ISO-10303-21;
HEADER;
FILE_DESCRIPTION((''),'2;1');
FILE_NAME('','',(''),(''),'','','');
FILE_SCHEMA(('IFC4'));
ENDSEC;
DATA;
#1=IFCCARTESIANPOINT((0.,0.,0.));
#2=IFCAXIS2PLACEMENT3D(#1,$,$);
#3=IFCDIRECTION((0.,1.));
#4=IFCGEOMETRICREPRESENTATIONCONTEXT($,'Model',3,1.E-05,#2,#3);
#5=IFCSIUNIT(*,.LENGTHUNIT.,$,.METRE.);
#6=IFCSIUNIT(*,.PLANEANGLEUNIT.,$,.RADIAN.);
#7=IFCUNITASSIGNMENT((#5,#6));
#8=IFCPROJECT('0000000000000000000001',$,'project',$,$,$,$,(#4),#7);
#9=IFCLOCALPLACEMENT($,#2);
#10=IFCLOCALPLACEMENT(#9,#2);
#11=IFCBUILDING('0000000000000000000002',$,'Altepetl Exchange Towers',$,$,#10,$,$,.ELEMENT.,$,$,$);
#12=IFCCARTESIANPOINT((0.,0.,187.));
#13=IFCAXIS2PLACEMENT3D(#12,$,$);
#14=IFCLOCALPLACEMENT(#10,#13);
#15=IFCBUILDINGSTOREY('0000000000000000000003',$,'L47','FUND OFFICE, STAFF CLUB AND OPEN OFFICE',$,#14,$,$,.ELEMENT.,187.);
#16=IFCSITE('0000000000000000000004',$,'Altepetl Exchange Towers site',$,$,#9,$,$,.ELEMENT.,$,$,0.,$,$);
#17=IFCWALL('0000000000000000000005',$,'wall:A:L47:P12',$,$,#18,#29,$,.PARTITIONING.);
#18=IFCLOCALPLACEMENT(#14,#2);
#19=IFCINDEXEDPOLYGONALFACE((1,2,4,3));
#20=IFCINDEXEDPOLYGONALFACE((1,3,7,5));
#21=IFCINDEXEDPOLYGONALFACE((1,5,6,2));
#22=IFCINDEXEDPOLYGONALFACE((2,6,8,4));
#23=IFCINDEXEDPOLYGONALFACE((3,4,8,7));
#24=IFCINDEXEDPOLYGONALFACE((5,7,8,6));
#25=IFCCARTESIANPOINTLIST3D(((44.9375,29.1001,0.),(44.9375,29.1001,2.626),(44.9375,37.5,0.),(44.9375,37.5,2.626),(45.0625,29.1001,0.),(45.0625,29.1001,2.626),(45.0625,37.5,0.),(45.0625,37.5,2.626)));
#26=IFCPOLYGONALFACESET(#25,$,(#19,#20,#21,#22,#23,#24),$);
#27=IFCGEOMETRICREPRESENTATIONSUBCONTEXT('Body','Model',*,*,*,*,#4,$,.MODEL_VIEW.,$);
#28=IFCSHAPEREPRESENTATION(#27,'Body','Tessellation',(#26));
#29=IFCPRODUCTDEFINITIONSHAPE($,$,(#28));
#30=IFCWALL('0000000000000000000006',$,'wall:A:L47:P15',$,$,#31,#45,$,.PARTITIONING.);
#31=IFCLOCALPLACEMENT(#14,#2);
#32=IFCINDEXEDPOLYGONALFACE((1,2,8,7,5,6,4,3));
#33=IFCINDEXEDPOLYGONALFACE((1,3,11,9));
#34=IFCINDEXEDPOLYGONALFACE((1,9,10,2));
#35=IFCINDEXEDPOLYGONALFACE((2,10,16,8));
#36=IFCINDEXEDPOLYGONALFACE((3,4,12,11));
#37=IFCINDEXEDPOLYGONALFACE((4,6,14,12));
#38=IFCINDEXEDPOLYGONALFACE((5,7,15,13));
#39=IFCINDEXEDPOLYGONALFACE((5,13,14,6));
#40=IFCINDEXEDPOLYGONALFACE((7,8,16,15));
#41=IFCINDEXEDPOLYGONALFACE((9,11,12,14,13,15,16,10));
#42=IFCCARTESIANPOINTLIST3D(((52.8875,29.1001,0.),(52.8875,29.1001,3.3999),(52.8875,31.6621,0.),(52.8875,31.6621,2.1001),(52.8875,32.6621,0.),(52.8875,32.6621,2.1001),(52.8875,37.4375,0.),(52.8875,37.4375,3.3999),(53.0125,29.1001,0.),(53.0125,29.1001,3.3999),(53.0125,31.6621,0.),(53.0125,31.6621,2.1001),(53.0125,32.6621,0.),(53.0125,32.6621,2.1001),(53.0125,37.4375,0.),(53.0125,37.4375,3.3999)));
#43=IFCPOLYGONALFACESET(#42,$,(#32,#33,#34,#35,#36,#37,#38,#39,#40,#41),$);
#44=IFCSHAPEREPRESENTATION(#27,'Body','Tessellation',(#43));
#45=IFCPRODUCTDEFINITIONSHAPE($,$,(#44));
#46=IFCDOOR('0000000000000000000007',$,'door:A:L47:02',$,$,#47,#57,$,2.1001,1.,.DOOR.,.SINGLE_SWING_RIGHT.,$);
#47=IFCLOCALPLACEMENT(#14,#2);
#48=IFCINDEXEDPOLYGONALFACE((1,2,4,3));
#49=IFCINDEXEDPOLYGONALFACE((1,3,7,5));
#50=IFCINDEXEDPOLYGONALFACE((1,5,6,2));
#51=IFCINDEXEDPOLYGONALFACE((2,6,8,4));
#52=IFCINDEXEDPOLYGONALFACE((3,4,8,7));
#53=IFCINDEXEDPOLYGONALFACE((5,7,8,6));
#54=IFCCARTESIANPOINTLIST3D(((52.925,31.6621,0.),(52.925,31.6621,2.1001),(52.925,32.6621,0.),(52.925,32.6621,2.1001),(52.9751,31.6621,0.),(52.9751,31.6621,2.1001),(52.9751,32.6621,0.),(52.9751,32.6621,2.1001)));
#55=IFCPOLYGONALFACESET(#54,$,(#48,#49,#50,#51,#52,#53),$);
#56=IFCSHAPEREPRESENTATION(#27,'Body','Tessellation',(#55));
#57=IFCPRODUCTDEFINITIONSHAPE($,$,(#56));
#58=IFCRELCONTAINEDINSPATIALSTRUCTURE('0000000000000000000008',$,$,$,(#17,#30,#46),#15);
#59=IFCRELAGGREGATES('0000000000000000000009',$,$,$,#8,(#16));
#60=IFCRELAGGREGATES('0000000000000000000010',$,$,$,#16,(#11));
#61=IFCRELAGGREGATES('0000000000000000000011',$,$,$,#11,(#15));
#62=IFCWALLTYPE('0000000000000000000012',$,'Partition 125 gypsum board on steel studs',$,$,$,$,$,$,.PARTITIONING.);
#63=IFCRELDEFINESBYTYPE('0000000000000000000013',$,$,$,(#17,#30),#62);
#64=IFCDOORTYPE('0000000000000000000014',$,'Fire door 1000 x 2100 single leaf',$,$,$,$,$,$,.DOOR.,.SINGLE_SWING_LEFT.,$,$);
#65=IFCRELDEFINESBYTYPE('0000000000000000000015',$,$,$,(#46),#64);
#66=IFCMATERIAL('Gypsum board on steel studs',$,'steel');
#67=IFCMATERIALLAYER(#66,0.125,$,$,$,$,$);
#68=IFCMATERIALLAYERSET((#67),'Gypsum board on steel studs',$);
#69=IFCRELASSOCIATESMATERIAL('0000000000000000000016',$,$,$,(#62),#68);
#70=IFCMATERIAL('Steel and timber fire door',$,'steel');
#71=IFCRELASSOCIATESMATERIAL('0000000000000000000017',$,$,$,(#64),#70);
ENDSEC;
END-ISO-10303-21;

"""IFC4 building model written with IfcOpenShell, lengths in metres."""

from ifc_helpers import new_model, si_unit, direction, frame, frame_2d, origin, place, context, subcontext, project, spatial, rectangle, extrude, material, layer, layer_set, type_object, element, fill, save


model = new_model("IFC4")

# Units and contexts
model_context = context("Model", 3, precision=1e-05, world=origin(), true_north=direction((0.0, 1.0)))
body_context = subcontext(model_context, "Body", "Model", "MODEL_VIEW")
ifc_project = project(units=[si_unit("LENGTHUNIT", "METRE"), si_unit("PLANEANGLEUNIT", "RADIAN")], contexts=[model_context])

# Site, building, storey
site_placement = place(None, origin())
site = spatial("IfcSite", under=ifc_project, at=site_placement, Name="Altepetl Exchange Towers site", CompositionType="ELEMENT", RefElevation=0.0)
building_placement = place(site_placement, origin())
building = spatial("IfcBuilding", under=site, at=building_placement, Name="Altepetl Exchange Towers", CompositionType="ELEMENT")
storey_placement = place(building_placement, frame((0.0, 0.0, 187.0)))
storey = spatial("IfcBuildingStorey", under=building, at=storey_placement, Name="L47", Description="FUND OFFICE, STAFF CLUB AND OPEN OFFICE", CompositionType="ELEMENT", Elevation=187.0)

# Shared definitions
ifc_material_1 = material(Name="Gypsum board on steel studs", Category="steel")
ifc_layer_1 = layer(ifc_material_1, 0.125)
ifc_layer_set_1 = layer_set([ifc_layer_1], Name="Gypsum board on steel studs")
wall_type_1 = type_object("IfcWallType", Name="Partition 125 gypsum board on steel studs", PredefinedType="PARTITIONING", material=ifc_layer_set_1)
ifc_material_2 = material(Name="Steel and timber fire door", Category="steel")

# Wall
wall_1_placement = place(storey_placement, frame((45.0, 29.1001, 0.0), z_axis=(0.0, 0.0, 1.0), x_axis=(0.0, 1.0, 0.0)))
element("IfcWall", 1, at=wall_1_placement, inside=storey, type_object=wall_type_1, Name="wall:A:L47:P12", PredefinedType="PARTITIONING", context=body_context, shape_type="SweptSolid", body=[
    extrude(rectangle(XDim=8.3999, YDim=0.125, at=frame_2d((4.2, 0.0))), origin(), (0.0, 0.0, 1.0), 2.626),
])

# Wall, opening, door
wall_2_placement = place(storey_placement, frame((52.95, 29.1001, 0.0), z_axis=(0.0, 0.0, 1.0), x_axis=(0.0, 1.0, 0.0)))
wall_2 = element("IfcWall", 2, at=wall_2_placement, inside=storey, type_object=wall_type_1, Name="wall:A:L47:P15", PredefinedType="PARTITIONING", context=body_context, shape_type="SweptSolid", body=[
    extrude(rectangle(XDim=8.3374, YDim=0.125, at=frame_2d((4.1687, 0.0))), origin(), (0.0, 0.0, 1.0), 3.3999),
])
opening_1_placement = place(wall_2_placement, frame((2.562, 0.0, 0.0)))
opening_1 = element("IfcOpeningElement", 3, at=opening_1_placement, cuts=wall_2, PredefinedType="OPENING", context=body_context, shape_type="SweptSolid", body=[
    extrude(rectangle(XDim=1.0, YDim=2.1001, at=frame_2d((0.5, 1.05))), frame((0.0, 0.0725, 0.0), z_axis=(0.0, -1.0, 0.0), x_axis=(1.0, 0.0, 0.0)), (0.0, 0.0, 1.0), 0.145),
])
door_type_1 = type_object("IfcDoorType", Name="Fire door 1000 x 2100 single leaf", OperationType="SINGLE_SWING_LEFT", PredefinedType="DOOR", material=ifc_material_2)
door_1_placement = place(opening_1_placement, origin())
door_1 = element("IfcDoor", 4, at=door_1_placement, inside=storey, type_object=door_type_1, Name="door:A:L47:02", OperationType="SINGLE_SWING_RIGHT", OverallHeight=2.1001, OverallWidth=1.0, PredefinedType="DOOR", context=body_context, shape_type="SweptSolid", body=[
    extrude(rectangle(XDim=1.0, YDim=2.1001, at=frame_2d((0.5, 1.05))), frame((0.0, 0.0249, 0.0), z_axis=(0.0, -1.0, 0.0), x_axis=(1.0, 0.0, 0.0)), (0.0, 0.0, 1.0), 0.05),
])
fill(opening_1, door_1)

save(model, "model.ifc")
